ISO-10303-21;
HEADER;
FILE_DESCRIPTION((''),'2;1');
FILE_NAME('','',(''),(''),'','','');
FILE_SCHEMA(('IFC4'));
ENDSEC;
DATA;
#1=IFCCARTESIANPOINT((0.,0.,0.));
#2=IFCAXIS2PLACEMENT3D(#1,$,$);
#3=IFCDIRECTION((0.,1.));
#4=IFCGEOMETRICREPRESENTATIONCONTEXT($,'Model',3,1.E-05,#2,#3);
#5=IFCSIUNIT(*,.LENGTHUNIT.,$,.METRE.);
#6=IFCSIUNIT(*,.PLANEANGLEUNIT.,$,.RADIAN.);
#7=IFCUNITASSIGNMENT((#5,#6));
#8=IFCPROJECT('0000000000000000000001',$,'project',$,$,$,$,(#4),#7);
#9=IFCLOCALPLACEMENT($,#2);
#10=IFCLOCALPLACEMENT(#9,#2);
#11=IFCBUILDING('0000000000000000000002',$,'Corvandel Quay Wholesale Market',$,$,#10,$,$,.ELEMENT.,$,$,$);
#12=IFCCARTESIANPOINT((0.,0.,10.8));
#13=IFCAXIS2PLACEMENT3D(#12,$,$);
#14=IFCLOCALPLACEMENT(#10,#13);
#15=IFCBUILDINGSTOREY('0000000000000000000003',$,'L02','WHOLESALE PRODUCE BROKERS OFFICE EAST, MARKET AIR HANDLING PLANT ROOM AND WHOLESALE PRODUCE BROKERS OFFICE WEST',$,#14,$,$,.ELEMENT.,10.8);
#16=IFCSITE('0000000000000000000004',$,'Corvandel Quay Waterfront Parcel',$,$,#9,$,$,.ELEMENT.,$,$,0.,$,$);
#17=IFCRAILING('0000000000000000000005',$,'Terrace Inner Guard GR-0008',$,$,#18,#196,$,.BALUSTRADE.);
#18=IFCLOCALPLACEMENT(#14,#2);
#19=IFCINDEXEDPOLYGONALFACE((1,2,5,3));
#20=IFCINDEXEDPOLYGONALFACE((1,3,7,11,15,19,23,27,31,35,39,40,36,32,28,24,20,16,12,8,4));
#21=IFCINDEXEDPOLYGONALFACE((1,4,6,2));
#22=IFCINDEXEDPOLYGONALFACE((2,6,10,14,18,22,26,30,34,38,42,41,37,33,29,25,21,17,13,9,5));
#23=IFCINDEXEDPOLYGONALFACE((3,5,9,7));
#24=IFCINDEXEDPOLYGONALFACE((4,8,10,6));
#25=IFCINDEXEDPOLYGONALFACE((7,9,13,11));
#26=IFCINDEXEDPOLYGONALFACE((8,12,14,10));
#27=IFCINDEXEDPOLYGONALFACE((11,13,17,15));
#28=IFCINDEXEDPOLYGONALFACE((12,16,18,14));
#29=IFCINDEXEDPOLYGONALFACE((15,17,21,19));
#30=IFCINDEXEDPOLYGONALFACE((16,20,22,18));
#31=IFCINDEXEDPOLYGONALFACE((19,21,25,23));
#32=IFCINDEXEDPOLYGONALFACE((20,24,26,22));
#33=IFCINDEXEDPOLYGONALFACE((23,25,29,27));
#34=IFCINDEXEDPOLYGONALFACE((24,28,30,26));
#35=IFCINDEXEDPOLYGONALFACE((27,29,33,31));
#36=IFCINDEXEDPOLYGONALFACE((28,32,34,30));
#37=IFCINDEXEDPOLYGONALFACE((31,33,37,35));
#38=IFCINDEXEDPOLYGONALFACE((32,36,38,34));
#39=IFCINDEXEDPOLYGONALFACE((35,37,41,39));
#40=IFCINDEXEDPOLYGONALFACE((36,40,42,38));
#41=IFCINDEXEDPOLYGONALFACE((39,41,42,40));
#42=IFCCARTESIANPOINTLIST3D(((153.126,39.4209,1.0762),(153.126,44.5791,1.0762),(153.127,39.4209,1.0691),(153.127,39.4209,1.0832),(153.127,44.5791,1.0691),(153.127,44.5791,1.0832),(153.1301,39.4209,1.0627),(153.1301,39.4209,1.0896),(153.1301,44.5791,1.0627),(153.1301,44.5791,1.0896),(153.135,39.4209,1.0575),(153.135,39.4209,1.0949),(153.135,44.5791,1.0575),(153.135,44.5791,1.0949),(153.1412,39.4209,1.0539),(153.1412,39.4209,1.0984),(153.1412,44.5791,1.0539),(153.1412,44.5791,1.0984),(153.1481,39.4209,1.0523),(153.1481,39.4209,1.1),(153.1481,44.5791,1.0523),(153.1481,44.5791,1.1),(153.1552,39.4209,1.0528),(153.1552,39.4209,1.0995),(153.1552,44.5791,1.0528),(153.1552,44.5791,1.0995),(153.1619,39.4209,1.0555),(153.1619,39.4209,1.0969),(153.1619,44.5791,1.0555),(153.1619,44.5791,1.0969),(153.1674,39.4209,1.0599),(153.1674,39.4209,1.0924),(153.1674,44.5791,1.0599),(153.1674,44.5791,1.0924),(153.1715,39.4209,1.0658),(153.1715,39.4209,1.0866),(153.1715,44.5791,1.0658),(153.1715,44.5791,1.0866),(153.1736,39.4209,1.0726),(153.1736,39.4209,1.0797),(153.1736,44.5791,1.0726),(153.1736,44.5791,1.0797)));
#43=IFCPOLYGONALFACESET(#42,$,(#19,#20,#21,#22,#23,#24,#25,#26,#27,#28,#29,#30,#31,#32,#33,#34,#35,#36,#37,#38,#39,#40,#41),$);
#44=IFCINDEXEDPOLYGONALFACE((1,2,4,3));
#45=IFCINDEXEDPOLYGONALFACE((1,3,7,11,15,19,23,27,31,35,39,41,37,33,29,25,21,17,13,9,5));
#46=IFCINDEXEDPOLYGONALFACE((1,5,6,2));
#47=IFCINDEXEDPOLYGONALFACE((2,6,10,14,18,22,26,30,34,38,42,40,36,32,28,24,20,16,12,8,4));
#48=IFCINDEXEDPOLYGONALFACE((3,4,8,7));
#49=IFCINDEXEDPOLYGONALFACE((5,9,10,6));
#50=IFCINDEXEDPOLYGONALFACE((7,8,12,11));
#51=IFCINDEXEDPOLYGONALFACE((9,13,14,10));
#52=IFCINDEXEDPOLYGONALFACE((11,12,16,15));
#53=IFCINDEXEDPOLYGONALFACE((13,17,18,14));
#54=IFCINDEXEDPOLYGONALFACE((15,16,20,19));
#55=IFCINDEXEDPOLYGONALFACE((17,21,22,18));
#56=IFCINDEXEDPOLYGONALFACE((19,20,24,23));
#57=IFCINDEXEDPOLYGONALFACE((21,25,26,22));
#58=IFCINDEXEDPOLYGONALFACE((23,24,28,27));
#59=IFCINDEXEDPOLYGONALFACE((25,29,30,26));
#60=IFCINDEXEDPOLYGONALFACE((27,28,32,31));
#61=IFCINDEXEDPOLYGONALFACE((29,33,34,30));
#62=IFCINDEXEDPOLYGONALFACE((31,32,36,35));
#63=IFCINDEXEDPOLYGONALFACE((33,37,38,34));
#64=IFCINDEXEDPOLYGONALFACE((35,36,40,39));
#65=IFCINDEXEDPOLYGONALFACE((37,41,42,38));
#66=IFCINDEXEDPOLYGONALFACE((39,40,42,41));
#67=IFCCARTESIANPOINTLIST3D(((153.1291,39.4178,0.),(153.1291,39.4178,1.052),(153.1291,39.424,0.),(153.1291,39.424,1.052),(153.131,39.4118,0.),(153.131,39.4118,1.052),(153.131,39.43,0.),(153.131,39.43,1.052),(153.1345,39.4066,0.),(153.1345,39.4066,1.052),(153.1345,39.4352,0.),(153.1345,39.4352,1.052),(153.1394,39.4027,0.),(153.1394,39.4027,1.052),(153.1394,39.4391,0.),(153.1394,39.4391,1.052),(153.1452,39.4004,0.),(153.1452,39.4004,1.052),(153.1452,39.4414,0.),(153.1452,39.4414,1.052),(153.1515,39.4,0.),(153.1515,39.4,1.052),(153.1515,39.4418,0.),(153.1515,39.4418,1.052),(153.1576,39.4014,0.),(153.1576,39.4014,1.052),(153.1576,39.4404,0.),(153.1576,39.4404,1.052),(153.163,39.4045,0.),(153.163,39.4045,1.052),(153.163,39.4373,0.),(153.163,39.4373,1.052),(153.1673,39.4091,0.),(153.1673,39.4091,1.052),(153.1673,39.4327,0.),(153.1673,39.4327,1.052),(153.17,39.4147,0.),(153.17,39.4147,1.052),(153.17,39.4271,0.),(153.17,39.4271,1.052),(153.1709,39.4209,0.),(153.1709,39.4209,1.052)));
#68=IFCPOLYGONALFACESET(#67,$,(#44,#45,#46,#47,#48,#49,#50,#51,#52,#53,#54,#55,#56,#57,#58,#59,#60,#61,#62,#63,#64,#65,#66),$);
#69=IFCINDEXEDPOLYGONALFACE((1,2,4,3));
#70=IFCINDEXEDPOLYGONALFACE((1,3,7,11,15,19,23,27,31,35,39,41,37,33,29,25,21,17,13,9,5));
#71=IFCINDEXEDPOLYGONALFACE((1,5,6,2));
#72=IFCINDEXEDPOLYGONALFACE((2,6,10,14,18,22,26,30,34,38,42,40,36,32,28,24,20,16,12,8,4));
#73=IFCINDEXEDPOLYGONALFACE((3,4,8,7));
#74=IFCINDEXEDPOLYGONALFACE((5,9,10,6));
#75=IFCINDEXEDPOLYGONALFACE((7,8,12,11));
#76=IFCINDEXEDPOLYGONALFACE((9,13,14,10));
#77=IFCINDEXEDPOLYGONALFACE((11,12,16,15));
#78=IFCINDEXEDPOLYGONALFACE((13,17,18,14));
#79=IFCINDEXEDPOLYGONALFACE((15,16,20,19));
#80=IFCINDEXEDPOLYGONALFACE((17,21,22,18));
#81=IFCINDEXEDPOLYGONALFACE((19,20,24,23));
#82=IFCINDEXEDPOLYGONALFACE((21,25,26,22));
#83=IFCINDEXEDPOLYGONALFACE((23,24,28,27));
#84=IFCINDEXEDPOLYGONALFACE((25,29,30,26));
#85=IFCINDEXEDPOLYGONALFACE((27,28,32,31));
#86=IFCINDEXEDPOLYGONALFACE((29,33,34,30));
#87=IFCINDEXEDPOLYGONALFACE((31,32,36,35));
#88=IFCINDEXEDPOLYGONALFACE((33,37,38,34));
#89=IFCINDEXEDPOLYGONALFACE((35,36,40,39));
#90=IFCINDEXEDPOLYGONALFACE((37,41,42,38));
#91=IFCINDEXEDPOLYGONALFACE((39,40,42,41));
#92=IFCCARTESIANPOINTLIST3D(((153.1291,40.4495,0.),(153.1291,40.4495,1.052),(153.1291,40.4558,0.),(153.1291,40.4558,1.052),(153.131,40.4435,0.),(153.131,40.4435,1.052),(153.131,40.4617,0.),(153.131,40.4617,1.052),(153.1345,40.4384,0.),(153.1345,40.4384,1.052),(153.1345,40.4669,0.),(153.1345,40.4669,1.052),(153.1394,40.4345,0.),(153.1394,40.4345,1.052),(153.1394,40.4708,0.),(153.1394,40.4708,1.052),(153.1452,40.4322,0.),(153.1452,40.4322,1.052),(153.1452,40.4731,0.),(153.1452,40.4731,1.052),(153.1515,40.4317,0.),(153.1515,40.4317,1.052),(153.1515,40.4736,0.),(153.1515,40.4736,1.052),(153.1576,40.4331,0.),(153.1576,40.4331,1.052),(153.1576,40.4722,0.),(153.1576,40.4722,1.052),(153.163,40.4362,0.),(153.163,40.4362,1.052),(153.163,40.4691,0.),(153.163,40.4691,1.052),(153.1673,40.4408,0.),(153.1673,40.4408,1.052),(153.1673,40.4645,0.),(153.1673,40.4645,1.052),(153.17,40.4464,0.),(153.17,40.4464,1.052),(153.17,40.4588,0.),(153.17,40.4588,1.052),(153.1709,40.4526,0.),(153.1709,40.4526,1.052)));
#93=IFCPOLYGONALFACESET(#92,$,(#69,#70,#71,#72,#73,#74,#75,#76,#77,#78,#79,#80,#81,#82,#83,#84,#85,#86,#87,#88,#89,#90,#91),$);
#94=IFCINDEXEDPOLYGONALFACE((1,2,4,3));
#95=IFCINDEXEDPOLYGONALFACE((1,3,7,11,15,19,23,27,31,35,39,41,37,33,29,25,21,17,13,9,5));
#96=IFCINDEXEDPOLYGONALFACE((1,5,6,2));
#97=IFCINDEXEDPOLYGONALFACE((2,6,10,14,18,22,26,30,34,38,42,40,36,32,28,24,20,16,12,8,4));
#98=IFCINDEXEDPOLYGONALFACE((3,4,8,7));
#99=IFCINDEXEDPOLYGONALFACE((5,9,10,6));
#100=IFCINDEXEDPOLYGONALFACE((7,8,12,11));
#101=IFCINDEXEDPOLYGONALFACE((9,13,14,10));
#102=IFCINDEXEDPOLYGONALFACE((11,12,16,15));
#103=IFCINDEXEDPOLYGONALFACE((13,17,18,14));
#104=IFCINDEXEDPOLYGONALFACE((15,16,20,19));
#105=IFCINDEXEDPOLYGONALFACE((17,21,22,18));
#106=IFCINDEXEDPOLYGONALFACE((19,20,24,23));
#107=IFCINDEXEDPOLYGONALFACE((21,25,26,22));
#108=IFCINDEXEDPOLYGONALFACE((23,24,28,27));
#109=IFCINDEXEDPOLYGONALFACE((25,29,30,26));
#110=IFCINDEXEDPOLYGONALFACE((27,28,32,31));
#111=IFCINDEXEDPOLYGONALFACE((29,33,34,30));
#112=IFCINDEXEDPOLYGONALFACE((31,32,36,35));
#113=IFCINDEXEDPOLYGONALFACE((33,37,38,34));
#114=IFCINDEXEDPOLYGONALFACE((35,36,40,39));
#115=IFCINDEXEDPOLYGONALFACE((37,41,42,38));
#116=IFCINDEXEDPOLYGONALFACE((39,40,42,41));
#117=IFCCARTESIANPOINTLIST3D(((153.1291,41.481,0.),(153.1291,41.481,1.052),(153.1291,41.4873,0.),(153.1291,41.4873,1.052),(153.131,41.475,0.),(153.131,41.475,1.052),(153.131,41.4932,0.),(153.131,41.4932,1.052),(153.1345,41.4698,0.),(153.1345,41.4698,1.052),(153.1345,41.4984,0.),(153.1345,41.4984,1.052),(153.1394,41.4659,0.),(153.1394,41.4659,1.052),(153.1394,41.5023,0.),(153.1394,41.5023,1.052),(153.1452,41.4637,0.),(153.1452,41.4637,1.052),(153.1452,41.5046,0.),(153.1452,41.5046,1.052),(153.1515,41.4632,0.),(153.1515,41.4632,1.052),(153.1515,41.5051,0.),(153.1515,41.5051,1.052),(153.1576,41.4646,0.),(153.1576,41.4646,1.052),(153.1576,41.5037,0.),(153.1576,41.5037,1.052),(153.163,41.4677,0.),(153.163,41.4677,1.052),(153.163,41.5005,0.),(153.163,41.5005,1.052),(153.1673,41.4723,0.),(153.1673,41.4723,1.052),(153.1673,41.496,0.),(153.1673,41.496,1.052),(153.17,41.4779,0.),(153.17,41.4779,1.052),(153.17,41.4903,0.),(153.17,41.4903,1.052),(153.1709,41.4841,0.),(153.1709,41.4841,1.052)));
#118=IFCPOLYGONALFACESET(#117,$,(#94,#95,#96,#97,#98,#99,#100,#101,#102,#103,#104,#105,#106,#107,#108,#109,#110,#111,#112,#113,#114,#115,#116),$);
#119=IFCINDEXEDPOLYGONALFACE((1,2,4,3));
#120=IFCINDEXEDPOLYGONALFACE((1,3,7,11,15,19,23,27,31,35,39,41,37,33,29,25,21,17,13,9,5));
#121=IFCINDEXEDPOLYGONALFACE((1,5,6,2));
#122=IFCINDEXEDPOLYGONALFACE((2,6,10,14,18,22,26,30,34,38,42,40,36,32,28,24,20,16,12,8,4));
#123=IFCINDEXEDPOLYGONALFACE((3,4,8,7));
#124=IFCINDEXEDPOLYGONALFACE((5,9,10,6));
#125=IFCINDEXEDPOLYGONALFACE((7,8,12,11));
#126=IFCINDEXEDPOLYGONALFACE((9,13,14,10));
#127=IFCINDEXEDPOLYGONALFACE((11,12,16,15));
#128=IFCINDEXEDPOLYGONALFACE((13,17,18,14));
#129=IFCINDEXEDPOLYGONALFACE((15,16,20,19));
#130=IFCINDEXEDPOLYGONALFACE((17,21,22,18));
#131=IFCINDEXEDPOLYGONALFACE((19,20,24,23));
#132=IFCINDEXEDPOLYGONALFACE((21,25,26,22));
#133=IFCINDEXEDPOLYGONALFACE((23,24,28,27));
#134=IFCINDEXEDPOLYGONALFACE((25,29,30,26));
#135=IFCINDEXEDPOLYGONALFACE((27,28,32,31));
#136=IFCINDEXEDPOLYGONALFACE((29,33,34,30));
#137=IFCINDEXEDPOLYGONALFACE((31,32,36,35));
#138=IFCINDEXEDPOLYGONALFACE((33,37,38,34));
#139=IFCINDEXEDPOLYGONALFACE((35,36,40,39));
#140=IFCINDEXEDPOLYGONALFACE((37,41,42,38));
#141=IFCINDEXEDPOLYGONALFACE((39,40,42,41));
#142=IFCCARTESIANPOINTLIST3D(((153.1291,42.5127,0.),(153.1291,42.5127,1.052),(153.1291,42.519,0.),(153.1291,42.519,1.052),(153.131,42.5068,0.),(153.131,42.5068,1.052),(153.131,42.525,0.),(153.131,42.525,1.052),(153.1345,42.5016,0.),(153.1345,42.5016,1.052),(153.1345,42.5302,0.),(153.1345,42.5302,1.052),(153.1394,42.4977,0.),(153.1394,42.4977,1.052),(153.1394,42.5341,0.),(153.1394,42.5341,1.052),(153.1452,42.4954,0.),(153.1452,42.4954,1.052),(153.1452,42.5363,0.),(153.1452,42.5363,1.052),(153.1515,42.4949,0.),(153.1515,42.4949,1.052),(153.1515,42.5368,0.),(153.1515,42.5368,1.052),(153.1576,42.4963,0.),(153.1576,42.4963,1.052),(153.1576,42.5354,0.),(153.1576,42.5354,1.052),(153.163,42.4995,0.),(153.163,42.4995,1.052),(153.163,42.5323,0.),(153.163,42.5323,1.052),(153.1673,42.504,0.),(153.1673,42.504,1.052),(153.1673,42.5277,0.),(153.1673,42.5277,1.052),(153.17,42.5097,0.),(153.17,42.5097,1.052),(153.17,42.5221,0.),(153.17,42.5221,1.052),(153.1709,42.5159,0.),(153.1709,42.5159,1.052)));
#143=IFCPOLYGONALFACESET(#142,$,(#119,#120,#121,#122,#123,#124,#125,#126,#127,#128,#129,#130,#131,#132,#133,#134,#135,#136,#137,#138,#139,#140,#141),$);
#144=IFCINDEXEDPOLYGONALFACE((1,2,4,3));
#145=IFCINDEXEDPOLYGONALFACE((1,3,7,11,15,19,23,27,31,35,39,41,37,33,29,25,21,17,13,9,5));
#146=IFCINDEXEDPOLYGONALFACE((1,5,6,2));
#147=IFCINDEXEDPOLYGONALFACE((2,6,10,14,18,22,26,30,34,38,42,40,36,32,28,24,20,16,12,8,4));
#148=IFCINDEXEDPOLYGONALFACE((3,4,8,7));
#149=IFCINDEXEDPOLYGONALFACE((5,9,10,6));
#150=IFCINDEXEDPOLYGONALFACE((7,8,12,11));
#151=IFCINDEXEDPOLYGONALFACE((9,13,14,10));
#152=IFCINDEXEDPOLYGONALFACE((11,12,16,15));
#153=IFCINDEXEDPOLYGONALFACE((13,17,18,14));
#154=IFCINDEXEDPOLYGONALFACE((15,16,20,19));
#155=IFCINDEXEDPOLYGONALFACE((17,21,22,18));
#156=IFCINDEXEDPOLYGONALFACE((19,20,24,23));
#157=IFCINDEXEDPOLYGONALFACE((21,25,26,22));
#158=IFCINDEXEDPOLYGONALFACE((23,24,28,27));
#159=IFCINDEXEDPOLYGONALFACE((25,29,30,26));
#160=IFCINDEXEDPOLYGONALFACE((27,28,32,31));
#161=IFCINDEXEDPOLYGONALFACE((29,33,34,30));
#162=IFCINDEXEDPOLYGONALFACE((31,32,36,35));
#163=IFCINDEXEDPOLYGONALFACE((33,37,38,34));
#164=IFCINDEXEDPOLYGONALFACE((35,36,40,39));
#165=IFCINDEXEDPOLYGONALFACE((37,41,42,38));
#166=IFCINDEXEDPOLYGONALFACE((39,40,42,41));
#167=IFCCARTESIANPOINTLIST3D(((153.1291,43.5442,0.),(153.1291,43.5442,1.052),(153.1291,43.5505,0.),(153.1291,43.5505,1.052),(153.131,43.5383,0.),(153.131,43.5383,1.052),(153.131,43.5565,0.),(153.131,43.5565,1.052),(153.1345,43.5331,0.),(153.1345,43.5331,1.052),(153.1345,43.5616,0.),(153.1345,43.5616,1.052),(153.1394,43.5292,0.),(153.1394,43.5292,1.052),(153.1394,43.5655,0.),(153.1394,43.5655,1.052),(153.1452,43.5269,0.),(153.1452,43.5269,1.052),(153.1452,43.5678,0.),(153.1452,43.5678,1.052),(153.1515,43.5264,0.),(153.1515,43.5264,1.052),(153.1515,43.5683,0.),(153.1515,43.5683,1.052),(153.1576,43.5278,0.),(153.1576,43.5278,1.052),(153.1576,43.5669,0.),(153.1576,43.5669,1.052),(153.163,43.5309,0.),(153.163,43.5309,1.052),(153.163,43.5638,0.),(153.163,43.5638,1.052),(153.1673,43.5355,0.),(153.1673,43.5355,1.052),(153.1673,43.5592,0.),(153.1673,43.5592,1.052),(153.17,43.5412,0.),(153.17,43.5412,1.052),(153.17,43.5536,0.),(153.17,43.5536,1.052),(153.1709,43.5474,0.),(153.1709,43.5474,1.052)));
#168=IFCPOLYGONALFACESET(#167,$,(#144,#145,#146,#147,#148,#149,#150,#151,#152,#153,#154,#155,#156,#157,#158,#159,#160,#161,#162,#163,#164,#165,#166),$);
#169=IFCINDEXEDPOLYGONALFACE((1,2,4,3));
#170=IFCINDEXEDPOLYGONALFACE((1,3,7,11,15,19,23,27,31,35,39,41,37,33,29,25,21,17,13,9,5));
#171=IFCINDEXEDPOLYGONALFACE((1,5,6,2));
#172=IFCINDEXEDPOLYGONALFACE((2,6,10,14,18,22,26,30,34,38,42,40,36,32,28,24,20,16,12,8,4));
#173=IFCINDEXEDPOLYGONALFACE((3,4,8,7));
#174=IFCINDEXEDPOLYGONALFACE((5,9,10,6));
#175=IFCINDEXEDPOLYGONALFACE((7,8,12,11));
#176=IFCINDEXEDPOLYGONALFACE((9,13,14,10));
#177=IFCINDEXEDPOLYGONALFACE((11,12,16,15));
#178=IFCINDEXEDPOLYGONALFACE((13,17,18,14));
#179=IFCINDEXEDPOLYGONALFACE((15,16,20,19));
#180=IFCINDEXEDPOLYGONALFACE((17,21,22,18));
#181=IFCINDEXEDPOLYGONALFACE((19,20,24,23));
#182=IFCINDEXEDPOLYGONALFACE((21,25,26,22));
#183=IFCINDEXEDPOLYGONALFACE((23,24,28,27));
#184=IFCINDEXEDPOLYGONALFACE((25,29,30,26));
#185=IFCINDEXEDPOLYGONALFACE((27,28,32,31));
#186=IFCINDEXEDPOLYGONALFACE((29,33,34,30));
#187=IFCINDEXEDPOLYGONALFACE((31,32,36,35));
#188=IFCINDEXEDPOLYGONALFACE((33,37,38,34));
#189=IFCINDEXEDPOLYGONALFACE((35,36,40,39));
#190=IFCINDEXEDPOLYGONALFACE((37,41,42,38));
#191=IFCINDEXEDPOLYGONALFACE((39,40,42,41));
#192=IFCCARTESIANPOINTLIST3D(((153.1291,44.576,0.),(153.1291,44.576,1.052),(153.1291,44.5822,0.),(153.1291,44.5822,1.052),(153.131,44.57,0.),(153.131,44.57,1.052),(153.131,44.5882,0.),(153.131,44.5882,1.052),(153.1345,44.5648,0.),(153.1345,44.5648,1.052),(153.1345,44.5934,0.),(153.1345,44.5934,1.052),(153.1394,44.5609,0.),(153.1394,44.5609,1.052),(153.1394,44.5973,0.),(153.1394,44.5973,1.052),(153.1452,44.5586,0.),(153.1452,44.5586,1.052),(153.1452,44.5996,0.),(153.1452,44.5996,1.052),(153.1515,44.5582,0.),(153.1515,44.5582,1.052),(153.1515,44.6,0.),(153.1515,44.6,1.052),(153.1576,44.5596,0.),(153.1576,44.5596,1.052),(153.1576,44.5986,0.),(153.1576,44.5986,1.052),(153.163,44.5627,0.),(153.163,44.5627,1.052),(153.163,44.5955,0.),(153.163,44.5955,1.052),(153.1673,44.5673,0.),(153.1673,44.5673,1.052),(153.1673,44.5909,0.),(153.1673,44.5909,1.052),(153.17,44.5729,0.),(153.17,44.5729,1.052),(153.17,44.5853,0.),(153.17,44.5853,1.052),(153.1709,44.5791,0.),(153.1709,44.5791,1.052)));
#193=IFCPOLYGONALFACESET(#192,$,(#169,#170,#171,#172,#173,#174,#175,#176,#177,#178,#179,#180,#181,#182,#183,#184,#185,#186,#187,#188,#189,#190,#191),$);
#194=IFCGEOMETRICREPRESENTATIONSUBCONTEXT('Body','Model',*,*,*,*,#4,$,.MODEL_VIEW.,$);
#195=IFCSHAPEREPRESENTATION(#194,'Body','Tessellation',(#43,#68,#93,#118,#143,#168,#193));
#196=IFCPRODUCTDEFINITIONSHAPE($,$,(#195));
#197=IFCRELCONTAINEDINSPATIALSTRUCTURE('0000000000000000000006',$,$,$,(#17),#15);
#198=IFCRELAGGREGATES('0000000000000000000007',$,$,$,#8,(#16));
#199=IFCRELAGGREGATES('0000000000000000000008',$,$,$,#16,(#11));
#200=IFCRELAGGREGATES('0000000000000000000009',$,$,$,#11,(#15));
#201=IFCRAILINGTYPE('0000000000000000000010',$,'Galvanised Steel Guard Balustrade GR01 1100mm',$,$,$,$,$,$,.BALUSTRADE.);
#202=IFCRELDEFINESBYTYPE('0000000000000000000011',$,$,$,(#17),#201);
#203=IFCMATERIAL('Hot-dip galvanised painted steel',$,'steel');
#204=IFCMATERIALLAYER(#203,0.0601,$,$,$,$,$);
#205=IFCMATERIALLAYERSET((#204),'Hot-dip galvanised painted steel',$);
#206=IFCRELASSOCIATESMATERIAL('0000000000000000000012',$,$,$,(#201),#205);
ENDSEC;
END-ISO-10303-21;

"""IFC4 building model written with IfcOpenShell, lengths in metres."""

from ifc_helpers import new_model, si_unit, direction, frame, origin, origin_2d, place, context, subcontext, project, spatial, circle, extrude, material, layer, layer_set, type_object, element, save


model = new_model("IFC4")

# Units and contexts
model_context = context("Model", 3, precision=1e-05, world=origin(), true_north=direction((0.0, 1.0)))
body_context = subcontext(model_context, "Body", "Model", "MODEL_VIEW")
ifc_project = project(units=[si_unit("LENGTHUNIT", "METRE"), si_unit("PLANEANGLEUNIT", "RADIAN")], contexts=[model_context])

# Site, building, storey
site_placement = place(None, origin())
site = spatial("IfcSite", under=ifc_project, at=site_placement, Name="Corvandel Quay Waterfront Parcel", CompositionType="ELEMENT", RefElevation=0.0)
building_placement = place(site_placement, origin())
building = spatial("IfcBuilding", under=site, at=building_placement, Name="Corvandel Quay Wholesale Market", CompositionType="ELEMENT")
storey_placement = place(building_placement, frame((0.0, 0.0, 10.8)))
storey = spatial("IfcBuildingStorey", under=building, at=storey_placement, Name="L02", Description="WHOLESALE PRODUCE BROKERS OFFICE EAST, MARKET AIR HANDLING PLANT ROOM AND WHOLESALE PRODUCE BROKERS OFFICE WEST", CompositionType="ELEMENT", Elevation=10.8)

# Railing
ifc_material_1 = material(Name="Hot-dip galvanised painted steel", Category="steel")
ifc_layer_1 = layer(ifc_material_1, 0.0601)
ifc_layer_set_1 = layer_set([ifc_layer_1], Name="Hot-dip galvanised painted steel")
railing_type = type_object("IfcRailingType", Name="Galvanised Steel Guard Balustrade GR01 1100mm", PredefinedType="BALUSTRADE", material=ifc_layer_set_1)
railing_1_placement = place(storey_placement, frame((153.1499, 39.4209, 0.0)))
element("IfcRailing", 1, at=railing_1_placement, inside=storey, type_object=railing_type, Name="Terrace Inner Guard GR-0008", PredefinedType="BALUSTRADE", context=body_context, shape_type="SweptSolid", body=[
    extrude(circle(Radius=0.0239, at=origin_2d()), frame((0.0, 0.0, 1.0762), z_axis=(0.0, 1.0, 0.0), x_axis=(-1.0, 0.0, 0.0)), (0.0, 0.0, 1.0), 5.1582),
    extrude(circle(Radius=0.021, at=origin_2d()), origin(), (0.0, 0.0, 1.0), 1.052),
    extrude(circle(Radius=0.021, at=origin_2d()), frame((0.0, 1.0317, 0.0)), (0.0, 0.0, 1.0), 1.052),
    extrude(circle(Radius=0.021, at=origin_2d()), frame((0.0, 2.0632, 0.0)), (0.0, 0.0, 1.0), 1.052),
    extrude(circle(Radius=0.021, at=origin_2d()), frame((0.0, 3.095, 0.0)), (0.0, 0.0, 1.0), 1.052),
    extrude(circle(Radius=0.021, at=origin_2d()), frame((0.0, 4.1265, 0.0)), (0.0, 0.0, 1.0), 1.052),
    extrude(circle(Radius=0.021, at=origin_2d()), frame((0.0, 5.1582, 0.0)), (0.0, 0.0, 1.0), 1.052),
])

save(model, "model.ifc")
